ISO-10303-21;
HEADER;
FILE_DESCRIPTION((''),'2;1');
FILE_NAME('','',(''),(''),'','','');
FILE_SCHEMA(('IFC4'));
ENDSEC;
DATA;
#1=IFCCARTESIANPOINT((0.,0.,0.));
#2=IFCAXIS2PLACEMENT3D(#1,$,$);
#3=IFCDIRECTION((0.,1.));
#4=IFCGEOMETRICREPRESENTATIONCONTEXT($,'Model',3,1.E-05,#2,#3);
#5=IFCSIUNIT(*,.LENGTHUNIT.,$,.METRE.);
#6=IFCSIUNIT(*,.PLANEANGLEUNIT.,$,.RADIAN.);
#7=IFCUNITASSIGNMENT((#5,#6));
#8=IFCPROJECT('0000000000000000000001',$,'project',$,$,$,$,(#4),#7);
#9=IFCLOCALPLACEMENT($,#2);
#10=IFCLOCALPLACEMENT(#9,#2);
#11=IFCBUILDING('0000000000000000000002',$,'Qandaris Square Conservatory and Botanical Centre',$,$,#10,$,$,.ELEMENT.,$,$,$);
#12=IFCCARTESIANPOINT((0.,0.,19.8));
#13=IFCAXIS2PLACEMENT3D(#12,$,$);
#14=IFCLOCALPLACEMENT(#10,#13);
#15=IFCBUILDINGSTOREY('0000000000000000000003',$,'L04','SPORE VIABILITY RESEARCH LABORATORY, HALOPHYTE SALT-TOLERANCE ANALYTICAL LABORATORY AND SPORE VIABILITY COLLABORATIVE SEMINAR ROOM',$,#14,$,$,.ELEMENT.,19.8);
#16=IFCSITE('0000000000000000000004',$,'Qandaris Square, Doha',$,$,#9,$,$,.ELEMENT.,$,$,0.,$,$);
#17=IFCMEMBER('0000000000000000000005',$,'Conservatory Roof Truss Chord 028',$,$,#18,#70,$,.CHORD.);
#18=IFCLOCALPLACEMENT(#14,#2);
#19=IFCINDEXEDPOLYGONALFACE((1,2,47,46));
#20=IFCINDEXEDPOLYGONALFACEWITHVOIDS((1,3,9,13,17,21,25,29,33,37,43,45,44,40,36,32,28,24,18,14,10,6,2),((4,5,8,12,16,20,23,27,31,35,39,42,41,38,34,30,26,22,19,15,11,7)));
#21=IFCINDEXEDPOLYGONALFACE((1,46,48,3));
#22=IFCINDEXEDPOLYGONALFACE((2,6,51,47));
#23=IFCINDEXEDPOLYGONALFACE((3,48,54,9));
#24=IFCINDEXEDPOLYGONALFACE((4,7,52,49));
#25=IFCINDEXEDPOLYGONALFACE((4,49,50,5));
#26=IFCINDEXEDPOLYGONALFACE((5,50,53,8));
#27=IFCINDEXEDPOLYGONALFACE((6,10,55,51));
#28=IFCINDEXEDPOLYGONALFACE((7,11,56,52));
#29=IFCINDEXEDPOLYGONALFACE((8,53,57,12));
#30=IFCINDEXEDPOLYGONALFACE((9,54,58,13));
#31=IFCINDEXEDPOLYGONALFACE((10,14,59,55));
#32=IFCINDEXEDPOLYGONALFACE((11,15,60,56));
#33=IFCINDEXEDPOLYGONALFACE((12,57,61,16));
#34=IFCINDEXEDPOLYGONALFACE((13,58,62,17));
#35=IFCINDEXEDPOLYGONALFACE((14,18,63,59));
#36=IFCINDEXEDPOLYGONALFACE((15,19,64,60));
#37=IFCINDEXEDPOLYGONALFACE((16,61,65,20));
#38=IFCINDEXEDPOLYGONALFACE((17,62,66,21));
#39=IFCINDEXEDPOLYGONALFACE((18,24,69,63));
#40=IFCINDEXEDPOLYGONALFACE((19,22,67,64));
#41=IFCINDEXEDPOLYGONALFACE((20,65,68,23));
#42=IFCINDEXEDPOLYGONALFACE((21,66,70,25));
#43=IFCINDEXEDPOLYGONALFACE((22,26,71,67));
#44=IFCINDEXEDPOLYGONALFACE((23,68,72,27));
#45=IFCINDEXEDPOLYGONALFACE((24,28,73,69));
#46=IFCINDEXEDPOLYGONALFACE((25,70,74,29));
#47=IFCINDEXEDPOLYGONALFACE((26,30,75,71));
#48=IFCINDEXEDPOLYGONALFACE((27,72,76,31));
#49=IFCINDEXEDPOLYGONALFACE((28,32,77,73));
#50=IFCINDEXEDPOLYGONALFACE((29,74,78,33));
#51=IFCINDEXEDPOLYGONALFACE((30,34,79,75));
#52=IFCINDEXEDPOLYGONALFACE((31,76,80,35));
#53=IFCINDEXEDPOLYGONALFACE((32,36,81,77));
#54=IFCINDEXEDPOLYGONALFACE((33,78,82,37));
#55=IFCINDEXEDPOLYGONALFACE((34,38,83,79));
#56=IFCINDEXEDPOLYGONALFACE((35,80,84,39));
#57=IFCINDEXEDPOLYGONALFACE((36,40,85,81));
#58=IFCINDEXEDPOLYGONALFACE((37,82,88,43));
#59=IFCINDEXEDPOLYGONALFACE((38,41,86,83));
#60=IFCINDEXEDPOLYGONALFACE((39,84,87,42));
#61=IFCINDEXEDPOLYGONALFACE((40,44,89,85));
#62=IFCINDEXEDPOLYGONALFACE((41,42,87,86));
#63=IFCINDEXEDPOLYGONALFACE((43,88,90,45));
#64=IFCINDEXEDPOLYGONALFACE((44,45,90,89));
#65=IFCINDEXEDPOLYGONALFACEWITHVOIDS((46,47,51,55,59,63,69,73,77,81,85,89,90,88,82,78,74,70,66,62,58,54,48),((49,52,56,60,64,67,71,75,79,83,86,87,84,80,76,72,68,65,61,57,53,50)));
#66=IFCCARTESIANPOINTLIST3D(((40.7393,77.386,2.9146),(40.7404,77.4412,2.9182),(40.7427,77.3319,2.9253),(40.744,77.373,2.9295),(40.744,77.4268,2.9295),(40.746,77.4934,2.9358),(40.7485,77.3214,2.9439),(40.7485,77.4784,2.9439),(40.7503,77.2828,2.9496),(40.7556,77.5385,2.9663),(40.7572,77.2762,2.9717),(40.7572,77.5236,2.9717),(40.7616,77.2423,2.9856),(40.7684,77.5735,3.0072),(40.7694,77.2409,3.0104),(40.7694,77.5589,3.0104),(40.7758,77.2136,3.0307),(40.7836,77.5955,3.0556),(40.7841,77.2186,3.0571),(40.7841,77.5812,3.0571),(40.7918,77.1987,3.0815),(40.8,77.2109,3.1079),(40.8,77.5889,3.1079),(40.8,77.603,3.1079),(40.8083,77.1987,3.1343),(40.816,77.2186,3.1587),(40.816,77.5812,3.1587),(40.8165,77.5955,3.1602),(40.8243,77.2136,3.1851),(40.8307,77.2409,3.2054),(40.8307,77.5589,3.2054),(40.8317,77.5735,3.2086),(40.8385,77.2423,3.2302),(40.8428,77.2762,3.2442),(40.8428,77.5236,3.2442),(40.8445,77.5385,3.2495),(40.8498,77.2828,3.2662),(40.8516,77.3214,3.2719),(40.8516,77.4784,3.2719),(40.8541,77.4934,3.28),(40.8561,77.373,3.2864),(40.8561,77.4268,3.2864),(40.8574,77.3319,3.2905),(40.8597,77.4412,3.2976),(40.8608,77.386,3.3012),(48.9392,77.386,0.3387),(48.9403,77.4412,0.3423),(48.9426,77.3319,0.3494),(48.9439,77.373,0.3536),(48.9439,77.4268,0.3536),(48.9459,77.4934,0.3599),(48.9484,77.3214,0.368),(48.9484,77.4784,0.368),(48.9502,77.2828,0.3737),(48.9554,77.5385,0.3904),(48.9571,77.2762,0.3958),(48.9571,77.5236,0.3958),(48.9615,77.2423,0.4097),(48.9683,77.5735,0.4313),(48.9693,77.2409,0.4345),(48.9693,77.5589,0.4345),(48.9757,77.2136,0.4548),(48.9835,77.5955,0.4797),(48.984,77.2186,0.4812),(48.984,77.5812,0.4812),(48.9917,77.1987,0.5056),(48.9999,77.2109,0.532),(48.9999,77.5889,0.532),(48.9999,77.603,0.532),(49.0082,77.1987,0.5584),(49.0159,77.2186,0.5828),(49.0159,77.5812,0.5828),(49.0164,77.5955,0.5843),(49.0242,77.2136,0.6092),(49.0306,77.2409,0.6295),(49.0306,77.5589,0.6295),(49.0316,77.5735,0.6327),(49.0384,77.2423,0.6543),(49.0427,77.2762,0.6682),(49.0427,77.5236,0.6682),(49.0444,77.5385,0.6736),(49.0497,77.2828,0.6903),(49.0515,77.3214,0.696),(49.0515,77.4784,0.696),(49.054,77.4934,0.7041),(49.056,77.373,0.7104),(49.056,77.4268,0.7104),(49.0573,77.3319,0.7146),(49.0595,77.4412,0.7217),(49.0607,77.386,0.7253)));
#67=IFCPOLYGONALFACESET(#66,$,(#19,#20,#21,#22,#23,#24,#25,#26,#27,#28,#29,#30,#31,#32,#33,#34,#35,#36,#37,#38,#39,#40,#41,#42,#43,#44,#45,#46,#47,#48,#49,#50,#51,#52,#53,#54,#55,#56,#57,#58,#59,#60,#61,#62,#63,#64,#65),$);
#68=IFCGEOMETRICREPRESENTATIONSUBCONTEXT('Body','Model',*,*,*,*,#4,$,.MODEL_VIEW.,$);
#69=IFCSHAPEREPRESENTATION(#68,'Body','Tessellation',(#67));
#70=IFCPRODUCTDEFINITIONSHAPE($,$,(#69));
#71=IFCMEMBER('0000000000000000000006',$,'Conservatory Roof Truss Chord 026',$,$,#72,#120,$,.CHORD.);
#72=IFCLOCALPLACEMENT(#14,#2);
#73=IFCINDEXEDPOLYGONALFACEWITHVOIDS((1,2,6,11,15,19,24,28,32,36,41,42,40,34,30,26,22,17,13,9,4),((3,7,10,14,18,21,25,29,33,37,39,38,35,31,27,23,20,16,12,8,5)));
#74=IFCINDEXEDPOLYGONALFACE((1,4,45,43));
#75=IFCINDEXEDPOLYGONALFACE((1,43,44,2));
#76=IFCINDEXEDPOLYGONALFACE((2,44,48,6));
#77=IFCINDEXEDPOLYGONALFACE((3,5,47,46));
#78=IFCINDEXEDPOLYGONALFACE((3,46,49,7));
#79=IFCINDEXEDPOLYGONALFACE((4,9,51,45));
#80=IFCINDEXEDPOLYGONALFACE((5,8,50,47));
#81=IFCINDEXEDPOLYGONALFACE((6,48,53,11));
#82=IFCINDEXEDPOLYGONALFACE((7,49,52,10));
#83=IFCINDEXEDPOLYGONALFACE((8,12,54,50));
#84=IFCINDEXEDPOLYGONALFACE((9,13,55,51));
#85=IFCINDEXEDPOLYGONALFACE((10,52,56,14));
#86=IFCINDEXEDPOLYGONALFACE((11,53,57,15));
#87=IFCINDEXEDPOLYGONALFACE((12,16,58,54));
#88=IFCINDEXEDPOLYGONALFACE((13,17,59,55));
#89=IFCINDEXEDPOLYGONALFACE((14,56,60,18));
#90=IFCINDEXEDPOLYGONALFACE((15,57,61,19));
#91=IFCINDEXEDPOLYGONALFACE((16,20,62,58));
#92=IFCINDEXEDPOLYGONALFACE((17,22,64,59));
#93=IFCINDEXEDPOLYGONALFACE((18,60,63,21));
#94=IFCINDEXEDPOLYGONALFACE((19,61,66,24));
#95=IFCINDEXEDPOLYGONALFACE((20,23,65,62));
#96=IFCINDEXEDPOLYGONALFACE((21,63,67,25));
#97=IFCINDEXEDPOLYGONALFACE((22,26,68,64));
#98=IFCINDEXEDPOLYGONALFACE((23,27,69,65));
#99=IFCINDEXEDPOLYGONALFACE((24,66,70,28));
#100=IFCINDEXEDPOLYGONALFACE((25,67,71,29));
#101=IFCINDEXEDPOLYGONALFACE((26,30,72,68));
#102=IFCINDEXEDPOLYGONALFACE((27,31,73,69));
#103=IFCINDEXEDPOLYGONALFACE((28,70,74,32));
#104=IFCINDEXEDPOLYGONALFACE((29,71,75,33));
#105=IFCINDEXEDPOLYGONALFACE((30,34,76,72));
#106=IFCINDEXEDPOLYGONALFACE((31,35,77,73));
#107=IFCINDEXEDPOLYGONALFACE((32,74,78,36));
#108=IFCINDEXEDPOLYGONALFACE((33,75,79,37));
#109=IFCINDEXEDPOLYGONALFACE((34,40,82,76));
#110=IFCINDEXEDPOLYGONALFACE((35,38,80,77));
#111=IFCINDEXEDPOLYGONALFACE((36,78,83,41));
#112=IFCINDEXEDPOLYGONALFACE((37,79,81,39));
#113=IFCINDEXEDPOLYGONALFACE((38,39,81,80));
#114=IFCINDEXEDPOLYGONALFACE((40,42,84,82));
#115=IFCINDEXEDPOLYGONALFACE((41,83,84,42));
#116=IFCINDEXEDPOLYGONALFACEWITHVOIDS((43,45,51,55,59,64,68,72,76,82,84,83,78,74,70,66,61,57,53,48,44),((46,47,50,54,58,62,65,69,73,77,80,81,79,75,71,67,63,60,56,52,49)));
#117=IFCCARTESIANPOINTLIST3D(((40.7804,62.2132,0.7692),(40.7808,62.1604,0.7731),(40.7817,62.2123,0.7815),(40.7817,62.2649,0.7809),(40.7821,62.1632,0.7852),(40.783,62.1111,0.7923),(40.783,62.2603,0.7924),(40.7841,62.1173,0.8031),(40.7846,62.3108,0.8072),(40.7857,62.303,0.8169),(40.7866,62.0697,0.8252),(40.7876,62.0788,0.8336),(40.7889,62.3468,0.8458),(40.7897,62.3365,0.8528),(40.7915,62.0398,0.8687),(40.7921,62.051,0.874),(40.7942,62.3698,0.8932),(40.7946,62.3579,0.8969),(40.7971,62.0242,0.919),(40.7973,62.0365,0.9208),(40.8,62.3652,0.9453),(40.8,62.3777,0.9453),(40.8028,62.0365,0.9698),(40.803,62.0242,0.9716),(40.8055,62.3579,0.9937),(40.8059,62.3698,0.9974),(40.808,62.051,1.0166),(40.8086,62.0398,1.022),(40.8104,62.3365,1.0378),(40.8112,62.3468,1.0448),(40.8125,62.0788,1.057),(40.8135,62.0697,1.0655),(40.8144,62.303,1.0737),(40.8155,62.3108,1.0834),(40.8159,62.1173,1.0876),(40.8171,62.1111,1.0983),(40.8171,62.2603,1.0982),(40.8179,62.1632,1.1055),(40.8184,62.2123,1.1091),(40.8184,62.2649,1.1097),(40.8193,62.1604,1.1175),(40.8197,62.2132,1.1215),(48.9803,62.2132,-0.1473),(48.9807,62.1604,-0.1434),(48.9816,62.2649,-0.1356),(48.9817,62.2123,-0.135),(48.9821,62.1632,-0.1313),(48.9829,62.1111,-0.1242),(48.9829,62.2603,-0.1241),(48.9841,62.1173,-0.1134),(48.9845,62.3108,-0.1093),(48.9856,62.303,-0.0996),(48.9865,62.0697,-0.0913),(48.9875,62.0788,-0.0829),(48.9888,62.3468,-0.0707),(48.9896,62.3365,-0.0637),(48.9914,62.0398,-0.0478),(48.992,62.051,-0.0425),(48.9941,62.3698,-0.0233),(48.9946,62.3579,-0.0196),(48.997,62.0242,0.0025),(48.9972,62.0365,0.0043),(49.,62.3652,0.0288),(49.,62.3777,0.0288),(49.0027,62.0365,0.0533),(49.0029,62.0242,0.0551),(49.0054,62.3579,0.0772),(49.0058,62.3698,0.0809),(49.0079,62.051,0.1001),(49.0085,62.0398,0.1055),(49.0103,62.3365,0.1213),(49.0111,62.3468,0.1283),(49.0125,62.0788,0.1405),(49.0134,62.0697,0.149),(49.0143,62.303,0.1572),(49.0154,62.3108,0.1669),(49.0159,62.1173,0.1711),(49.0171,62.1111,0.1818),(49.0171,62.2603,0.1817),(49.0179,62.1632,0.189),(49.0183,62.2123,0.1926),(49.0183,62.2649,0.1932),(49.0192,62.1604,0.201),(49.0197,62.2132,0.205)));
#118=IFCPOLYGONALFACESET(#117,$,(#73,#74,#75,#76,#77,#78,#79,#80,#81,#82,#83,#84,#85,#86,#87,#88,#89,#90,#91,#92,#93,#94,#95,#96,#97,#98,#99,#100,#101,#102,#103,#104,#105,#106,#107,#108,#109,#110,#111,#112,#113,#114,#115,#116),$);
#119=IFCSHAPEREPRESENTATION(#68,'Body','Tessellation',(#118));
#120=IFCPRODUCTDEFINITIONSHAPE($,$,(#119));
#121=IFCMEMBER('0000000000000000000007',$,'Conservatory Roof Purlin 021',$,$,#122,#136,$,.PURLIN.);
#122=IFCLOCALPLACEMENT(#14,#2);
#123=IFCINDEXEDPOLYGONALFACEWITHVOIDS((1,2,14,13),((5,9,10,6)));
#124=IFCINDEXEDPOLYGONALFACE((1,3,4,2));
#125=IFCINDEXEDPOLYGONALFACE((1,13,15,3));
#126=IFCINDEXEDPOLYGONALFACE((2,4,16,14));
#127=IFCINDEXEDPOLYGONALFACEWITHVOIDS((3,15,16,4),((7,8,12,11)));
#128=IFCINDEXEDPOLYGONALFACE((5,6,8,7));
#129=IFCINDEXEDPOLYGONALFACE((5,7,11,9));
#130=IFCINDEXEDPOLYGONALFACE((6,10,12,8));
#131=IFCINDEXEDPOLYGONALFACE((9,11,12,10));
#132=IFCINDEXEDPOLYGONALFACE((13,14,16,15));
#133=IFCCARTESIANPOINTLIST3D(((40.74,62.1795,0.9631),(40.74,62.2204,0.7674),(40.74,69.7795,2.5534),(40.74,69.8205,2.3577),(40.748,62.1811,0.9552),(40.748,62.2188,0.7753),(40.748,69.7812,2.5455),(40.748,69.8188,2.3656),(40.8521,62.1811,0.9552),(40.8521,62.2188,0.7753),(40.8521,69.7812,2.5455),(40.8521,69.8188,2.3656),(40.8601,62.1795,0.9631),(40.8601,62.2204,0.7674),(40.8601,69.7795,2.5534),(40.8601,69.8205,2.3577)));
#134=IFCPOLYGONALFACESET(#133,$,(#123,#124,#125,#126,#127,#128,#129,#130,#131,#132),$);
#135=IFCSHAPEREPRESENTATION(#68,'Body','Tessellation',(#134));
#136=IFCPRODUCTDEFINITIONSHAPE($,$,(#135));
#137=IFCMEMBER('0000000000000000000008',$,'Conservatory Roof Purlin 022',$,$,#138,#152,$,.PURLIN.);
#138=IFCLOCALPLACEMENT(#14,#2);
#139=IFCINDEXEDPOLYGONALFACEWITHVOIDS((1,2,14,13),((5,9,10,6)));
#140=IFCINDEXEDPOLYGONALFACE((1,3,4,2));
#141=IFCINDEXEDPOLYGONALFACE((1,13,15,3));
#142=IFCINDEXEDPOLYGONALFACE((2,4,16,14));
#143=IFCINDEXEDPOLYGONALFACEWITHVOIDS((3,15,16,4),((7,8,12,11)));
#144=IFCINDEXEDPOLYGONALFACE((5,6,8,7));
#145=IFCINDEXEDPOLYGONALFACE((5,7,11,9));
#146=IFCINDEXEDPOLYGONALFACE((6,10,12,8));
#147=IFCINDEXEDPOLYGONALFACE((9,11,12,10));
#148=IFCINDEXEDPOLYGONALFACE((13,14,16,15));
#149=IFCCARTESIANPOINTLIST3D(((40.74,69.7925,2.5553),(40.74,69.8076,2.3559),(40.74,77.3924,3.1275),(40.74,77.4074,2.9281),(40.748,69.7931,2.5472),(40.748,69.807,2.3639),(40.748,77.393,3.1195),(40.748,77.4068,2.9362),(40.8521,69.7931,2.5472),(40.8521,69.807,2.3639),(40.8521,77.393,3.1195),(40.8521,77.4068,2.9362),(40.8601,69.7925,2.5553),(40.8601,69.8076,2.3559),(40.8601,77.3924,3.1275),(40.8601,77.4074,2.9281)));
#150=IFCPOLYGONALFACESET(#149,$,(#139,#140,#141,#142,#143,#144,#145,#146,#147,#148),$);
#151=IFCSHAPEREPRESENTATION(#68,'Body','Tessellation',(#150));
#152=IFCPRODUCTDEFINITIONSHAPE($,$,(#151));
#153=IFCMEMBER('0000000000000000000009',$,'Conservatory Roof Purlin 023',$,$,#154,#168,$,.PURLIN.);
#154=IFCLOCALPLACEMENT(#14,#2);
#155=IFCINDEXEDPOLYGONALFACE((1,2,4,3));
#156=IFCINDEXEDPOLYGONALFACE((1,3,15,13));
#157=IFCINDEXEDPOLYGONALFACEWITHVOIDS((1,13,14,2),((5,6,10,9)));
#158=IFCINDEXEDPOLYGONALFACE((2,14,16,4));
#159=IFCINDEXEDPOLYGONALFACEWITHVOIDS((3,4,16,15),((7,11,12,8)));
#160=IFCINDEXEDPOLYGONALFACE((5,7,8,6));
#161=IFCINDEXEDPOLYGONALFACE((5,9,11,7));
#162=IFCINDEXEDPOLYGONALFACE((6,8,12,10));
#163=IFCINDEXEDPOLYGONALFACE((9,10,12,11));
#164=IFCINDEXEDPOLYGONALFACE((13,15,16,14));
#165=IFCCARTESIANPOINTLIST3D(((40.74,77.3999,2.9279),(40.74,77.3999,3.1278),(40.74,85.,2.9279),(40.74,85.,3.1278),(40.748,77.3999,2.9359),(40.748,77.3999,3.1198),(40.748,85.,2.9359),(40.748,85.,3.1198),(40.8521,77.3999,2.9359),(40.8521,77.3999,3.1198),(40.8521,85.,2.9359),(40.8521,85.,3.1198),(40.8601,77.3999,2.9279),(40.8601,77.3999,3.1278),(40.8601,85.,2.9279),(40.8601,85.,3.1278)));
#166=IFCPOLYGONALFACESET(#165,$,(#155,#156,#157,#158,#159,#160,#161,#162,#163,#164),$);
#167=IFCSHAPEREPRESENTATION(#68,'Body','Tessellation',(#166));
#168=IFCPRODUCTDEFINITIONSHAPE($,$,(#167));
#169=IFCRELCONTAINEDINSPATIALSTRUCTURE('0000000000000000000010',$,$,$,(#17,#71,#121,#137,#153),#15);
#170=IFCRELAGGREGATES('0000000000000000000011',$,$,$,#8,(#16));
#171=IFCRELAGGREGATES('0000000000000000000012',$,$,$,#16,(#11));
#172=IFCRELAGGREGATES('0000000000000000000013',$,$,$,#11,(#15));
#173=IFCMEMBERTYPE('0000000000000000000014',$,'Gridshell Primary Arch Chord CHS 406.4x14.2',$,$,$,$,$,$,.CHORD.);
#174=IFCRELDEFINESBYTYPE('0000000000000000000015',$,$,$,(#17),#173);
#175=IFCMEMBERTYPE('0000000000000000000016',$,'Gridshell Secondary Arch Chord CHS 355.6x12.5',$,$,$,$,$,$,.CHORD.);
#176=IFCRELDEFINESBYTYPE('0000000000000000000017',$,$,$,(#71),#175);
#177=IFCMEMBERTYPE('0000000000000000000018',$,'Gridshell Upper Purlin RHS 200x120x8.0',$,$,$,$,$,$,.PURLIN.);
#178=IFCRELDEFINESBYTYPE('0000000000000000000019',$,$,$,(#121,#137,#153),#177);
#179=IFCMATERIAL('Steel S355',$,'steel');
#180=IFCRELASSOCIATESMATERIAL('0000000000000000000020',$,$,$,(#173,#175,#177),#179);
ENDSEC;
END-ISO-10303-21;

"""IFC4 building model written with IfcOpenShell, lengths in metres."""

from ifc_helpers import new_model, si_unit, direction, frame, origin, origin_2d, place, context, subcontext, project, spatial, hollow_rectangle, hollow_circle, extrude, material, material_profile, profile_set, type_object, element, save


model = new_model("IFC4")

# Units and contexts
model_context = context("Model", 3, precision=1e-05, world=origin(), true_north=direction((0.0, 1.0)))
body_context = subcontext(model_context, "Body", "Model", "MODEL_VIEW")
ifc_project = project(units=[si_unit("LENGTHUNIT", "METRE"), si_unit("PLANEANGLEUNIT", "RADIAN")], contexts=[model_context])

# Site, building, storey
site_placement = place(None, origin())
site = spatial("IfcSite", under=ifc_project, at=site_placement, Name="Qandaris Square, Doha", CompositionType="ELEMENT", RefElevation=0.0)
building_placement = place(site_placement, origin())
building = spatial("IfcBuilding", under=site, at=building_placement, Name="Qandaris Square Conservatory and Botanical Centre", CompositionType="ELEMENT")
storey_placement = place(building_placement, frame((0.0, 0.0, 19.8)))
storey = spatial("IfcBuildingStorey", under=building, at=storey_placement, Name="L04", Description="SPORE VIABILITY RESEARCH LABORATORY, HALOPHYTE SALT-TOLERANCE ANALYTICAL LABORATORY AND SPORE VIABILITY COLLABORATIVE SEMINAR ROOM", CompositionType="ELEMENT", Elevation=19.8)

# Members
ifc_material = material(Name="Steel S355", Category="steel")
ifc_material_profile_1 = material_profile(ifc_material, hollow_circle(Radius=0.2031, WallThickness=0.0142, at=origin_2d()), Name="CHS 406.4x14.2")
ifc_profile_set_1 = profile_set([ifc_material_profile_1], Name="Steel S355")
member_type_1 = type_object("IfcMemberType", Name="Gridshell Primary Arch Chord CHS 406.4x14.2", PredefinedType="CHORD", material=ifc_profile_set_1)
member_1_placement = place(storey_placement, frame((40.8, 77.3999, 3.1079), z_axis=(0.954034, 0.0, -0.2997), x_axis=(0.0, 1.0, 0.0)))
element("IfcMember", 1, at=member_1_placement, inside=storey, type_object=member_type_1, Name="Conservatory Roof Truss Chord 028", PredefinedType="CHORD", context=body_context, shape_type="SweptSolid", body=[
    extrude(hollow_circle(Radius=0.2031, WallThickness=0.0142, at=origin_2d()), origin(), (0.0, 0.0, 1.0), 8.595),
])
ifc_material_profile_2 = material_profile(ifc_material, hollow_circle(Radius=0.1777, WallThickness=0.0125, at=origin_2d()), Name="CHS 355.6x12.5")
ifc_profile_set_2 = profile_set([ifc_material_profile_2], Name="Steel S355")
member_type_2 = type_object("IfcMemberType", Name="Gridshell Secondary Arch Chord CHS 355.6x12.5", PredefinedType="CHORD", material=ifc_profile_set_2)
member_2_placement = place(storey_placement, frame((40.8, 62.2, 0.9453), z_axis=(0.993812, 0.0, -0.111078), x_axis=(0.0, 1.0, 0.0)))
element("IfcMember", 2, at=member_2_placement, inside=storey, type_object=member_type_2, Name="Conservatory Roof Truss Chord 026", PredefinedType="CHORD", context=body_context, shape_type="SweptSolid", body=[
    extrude(hollow_circle(Radius=0.1777, WallThickness=0.0125, at=origin_2d()), origin(), (0.0, 0.0, 1.0), 8.251),
])
ifc_material_profile_3 = material_profile(ifc_material, hollow_rectangle(XDim=0.1201, YDim=0.2, WallThickness=0.0081, at=origin_2d()), Name="RHS 200x120x8.0")
ifc_profile_set_3 = profile_set([ifc_material_profile_3], Name="Steel S355")
member_type_3 = type_object("IfcMemberType", Name="Gridshell Upper Purlin RHS 200x120x8.0", PredefinedType="PURLIN", material=ifc_profile_set_3)
member_3_placement = place(storey_placement, frame((40.8, 62.2, 0.8652), z_axis=(0.0, 0.978801, 0.204816), x_axis=(-1.0, 0.0, 0.0)))
element("IfcMember", 3, at=member_3_placement, inside=storey, type_object=member_type_3, Name="Conservatory Roof Purlin 021", PredefinedType="PURLIN", context=body_context, shape_type="SweptSolid", body=[
    extrude(hollow_rectangle(XDim=0.1201, YDim=0.2, WallThickness=0.0081, at=origin_2d()), origin(), (0.0, 0.0, 1.0), 7.7646),
])
member_4_placement = place(storey_placement, frame((40.8, 69.8, 2.4556), z_axis=(0.0, 0.997177, 0.075087), x_axis=(-1.0, 0.0, 0.0)))
element("IfcMember", 4, at=member_4_placement, inside=storey, type_object=member_type_3, Name="Conservatory Roof Purlin 022", PredefinedType="PURLIN", context=body_context, shape_type="SweptSolid", body=[
    extrude(hollow_rectangle(XDim=0.1201, YDim=0.2, WallThickness=0.0081, at=origin_2d()), origin(), (0.0, 0.0, 1.0), 7.6213),
])
member_5_placement = place(storey_placement, frame((40.8, 77.3999, 3.0278), z_axis=(0.0, 1.0, 0.0), x_axis=(-1.0, 0.0, 0.0)))
element("IfcMember", 5, at=member_5_placement, inside=storey, type_object=member_type_3, Name="Conservatory Roof Purlin 023", PredefinedType="PURLIN", context=body_context, shape_type="SweptSolid", body=[
    extrude(hollow_rectangle(XDim=0.1201, YDim=0.2, WallThickness=0.0081, at=origin_2d()), origin(), (0.0, 0.0, 1.0), 7.6001),
])

save(model, "model.ifc")
